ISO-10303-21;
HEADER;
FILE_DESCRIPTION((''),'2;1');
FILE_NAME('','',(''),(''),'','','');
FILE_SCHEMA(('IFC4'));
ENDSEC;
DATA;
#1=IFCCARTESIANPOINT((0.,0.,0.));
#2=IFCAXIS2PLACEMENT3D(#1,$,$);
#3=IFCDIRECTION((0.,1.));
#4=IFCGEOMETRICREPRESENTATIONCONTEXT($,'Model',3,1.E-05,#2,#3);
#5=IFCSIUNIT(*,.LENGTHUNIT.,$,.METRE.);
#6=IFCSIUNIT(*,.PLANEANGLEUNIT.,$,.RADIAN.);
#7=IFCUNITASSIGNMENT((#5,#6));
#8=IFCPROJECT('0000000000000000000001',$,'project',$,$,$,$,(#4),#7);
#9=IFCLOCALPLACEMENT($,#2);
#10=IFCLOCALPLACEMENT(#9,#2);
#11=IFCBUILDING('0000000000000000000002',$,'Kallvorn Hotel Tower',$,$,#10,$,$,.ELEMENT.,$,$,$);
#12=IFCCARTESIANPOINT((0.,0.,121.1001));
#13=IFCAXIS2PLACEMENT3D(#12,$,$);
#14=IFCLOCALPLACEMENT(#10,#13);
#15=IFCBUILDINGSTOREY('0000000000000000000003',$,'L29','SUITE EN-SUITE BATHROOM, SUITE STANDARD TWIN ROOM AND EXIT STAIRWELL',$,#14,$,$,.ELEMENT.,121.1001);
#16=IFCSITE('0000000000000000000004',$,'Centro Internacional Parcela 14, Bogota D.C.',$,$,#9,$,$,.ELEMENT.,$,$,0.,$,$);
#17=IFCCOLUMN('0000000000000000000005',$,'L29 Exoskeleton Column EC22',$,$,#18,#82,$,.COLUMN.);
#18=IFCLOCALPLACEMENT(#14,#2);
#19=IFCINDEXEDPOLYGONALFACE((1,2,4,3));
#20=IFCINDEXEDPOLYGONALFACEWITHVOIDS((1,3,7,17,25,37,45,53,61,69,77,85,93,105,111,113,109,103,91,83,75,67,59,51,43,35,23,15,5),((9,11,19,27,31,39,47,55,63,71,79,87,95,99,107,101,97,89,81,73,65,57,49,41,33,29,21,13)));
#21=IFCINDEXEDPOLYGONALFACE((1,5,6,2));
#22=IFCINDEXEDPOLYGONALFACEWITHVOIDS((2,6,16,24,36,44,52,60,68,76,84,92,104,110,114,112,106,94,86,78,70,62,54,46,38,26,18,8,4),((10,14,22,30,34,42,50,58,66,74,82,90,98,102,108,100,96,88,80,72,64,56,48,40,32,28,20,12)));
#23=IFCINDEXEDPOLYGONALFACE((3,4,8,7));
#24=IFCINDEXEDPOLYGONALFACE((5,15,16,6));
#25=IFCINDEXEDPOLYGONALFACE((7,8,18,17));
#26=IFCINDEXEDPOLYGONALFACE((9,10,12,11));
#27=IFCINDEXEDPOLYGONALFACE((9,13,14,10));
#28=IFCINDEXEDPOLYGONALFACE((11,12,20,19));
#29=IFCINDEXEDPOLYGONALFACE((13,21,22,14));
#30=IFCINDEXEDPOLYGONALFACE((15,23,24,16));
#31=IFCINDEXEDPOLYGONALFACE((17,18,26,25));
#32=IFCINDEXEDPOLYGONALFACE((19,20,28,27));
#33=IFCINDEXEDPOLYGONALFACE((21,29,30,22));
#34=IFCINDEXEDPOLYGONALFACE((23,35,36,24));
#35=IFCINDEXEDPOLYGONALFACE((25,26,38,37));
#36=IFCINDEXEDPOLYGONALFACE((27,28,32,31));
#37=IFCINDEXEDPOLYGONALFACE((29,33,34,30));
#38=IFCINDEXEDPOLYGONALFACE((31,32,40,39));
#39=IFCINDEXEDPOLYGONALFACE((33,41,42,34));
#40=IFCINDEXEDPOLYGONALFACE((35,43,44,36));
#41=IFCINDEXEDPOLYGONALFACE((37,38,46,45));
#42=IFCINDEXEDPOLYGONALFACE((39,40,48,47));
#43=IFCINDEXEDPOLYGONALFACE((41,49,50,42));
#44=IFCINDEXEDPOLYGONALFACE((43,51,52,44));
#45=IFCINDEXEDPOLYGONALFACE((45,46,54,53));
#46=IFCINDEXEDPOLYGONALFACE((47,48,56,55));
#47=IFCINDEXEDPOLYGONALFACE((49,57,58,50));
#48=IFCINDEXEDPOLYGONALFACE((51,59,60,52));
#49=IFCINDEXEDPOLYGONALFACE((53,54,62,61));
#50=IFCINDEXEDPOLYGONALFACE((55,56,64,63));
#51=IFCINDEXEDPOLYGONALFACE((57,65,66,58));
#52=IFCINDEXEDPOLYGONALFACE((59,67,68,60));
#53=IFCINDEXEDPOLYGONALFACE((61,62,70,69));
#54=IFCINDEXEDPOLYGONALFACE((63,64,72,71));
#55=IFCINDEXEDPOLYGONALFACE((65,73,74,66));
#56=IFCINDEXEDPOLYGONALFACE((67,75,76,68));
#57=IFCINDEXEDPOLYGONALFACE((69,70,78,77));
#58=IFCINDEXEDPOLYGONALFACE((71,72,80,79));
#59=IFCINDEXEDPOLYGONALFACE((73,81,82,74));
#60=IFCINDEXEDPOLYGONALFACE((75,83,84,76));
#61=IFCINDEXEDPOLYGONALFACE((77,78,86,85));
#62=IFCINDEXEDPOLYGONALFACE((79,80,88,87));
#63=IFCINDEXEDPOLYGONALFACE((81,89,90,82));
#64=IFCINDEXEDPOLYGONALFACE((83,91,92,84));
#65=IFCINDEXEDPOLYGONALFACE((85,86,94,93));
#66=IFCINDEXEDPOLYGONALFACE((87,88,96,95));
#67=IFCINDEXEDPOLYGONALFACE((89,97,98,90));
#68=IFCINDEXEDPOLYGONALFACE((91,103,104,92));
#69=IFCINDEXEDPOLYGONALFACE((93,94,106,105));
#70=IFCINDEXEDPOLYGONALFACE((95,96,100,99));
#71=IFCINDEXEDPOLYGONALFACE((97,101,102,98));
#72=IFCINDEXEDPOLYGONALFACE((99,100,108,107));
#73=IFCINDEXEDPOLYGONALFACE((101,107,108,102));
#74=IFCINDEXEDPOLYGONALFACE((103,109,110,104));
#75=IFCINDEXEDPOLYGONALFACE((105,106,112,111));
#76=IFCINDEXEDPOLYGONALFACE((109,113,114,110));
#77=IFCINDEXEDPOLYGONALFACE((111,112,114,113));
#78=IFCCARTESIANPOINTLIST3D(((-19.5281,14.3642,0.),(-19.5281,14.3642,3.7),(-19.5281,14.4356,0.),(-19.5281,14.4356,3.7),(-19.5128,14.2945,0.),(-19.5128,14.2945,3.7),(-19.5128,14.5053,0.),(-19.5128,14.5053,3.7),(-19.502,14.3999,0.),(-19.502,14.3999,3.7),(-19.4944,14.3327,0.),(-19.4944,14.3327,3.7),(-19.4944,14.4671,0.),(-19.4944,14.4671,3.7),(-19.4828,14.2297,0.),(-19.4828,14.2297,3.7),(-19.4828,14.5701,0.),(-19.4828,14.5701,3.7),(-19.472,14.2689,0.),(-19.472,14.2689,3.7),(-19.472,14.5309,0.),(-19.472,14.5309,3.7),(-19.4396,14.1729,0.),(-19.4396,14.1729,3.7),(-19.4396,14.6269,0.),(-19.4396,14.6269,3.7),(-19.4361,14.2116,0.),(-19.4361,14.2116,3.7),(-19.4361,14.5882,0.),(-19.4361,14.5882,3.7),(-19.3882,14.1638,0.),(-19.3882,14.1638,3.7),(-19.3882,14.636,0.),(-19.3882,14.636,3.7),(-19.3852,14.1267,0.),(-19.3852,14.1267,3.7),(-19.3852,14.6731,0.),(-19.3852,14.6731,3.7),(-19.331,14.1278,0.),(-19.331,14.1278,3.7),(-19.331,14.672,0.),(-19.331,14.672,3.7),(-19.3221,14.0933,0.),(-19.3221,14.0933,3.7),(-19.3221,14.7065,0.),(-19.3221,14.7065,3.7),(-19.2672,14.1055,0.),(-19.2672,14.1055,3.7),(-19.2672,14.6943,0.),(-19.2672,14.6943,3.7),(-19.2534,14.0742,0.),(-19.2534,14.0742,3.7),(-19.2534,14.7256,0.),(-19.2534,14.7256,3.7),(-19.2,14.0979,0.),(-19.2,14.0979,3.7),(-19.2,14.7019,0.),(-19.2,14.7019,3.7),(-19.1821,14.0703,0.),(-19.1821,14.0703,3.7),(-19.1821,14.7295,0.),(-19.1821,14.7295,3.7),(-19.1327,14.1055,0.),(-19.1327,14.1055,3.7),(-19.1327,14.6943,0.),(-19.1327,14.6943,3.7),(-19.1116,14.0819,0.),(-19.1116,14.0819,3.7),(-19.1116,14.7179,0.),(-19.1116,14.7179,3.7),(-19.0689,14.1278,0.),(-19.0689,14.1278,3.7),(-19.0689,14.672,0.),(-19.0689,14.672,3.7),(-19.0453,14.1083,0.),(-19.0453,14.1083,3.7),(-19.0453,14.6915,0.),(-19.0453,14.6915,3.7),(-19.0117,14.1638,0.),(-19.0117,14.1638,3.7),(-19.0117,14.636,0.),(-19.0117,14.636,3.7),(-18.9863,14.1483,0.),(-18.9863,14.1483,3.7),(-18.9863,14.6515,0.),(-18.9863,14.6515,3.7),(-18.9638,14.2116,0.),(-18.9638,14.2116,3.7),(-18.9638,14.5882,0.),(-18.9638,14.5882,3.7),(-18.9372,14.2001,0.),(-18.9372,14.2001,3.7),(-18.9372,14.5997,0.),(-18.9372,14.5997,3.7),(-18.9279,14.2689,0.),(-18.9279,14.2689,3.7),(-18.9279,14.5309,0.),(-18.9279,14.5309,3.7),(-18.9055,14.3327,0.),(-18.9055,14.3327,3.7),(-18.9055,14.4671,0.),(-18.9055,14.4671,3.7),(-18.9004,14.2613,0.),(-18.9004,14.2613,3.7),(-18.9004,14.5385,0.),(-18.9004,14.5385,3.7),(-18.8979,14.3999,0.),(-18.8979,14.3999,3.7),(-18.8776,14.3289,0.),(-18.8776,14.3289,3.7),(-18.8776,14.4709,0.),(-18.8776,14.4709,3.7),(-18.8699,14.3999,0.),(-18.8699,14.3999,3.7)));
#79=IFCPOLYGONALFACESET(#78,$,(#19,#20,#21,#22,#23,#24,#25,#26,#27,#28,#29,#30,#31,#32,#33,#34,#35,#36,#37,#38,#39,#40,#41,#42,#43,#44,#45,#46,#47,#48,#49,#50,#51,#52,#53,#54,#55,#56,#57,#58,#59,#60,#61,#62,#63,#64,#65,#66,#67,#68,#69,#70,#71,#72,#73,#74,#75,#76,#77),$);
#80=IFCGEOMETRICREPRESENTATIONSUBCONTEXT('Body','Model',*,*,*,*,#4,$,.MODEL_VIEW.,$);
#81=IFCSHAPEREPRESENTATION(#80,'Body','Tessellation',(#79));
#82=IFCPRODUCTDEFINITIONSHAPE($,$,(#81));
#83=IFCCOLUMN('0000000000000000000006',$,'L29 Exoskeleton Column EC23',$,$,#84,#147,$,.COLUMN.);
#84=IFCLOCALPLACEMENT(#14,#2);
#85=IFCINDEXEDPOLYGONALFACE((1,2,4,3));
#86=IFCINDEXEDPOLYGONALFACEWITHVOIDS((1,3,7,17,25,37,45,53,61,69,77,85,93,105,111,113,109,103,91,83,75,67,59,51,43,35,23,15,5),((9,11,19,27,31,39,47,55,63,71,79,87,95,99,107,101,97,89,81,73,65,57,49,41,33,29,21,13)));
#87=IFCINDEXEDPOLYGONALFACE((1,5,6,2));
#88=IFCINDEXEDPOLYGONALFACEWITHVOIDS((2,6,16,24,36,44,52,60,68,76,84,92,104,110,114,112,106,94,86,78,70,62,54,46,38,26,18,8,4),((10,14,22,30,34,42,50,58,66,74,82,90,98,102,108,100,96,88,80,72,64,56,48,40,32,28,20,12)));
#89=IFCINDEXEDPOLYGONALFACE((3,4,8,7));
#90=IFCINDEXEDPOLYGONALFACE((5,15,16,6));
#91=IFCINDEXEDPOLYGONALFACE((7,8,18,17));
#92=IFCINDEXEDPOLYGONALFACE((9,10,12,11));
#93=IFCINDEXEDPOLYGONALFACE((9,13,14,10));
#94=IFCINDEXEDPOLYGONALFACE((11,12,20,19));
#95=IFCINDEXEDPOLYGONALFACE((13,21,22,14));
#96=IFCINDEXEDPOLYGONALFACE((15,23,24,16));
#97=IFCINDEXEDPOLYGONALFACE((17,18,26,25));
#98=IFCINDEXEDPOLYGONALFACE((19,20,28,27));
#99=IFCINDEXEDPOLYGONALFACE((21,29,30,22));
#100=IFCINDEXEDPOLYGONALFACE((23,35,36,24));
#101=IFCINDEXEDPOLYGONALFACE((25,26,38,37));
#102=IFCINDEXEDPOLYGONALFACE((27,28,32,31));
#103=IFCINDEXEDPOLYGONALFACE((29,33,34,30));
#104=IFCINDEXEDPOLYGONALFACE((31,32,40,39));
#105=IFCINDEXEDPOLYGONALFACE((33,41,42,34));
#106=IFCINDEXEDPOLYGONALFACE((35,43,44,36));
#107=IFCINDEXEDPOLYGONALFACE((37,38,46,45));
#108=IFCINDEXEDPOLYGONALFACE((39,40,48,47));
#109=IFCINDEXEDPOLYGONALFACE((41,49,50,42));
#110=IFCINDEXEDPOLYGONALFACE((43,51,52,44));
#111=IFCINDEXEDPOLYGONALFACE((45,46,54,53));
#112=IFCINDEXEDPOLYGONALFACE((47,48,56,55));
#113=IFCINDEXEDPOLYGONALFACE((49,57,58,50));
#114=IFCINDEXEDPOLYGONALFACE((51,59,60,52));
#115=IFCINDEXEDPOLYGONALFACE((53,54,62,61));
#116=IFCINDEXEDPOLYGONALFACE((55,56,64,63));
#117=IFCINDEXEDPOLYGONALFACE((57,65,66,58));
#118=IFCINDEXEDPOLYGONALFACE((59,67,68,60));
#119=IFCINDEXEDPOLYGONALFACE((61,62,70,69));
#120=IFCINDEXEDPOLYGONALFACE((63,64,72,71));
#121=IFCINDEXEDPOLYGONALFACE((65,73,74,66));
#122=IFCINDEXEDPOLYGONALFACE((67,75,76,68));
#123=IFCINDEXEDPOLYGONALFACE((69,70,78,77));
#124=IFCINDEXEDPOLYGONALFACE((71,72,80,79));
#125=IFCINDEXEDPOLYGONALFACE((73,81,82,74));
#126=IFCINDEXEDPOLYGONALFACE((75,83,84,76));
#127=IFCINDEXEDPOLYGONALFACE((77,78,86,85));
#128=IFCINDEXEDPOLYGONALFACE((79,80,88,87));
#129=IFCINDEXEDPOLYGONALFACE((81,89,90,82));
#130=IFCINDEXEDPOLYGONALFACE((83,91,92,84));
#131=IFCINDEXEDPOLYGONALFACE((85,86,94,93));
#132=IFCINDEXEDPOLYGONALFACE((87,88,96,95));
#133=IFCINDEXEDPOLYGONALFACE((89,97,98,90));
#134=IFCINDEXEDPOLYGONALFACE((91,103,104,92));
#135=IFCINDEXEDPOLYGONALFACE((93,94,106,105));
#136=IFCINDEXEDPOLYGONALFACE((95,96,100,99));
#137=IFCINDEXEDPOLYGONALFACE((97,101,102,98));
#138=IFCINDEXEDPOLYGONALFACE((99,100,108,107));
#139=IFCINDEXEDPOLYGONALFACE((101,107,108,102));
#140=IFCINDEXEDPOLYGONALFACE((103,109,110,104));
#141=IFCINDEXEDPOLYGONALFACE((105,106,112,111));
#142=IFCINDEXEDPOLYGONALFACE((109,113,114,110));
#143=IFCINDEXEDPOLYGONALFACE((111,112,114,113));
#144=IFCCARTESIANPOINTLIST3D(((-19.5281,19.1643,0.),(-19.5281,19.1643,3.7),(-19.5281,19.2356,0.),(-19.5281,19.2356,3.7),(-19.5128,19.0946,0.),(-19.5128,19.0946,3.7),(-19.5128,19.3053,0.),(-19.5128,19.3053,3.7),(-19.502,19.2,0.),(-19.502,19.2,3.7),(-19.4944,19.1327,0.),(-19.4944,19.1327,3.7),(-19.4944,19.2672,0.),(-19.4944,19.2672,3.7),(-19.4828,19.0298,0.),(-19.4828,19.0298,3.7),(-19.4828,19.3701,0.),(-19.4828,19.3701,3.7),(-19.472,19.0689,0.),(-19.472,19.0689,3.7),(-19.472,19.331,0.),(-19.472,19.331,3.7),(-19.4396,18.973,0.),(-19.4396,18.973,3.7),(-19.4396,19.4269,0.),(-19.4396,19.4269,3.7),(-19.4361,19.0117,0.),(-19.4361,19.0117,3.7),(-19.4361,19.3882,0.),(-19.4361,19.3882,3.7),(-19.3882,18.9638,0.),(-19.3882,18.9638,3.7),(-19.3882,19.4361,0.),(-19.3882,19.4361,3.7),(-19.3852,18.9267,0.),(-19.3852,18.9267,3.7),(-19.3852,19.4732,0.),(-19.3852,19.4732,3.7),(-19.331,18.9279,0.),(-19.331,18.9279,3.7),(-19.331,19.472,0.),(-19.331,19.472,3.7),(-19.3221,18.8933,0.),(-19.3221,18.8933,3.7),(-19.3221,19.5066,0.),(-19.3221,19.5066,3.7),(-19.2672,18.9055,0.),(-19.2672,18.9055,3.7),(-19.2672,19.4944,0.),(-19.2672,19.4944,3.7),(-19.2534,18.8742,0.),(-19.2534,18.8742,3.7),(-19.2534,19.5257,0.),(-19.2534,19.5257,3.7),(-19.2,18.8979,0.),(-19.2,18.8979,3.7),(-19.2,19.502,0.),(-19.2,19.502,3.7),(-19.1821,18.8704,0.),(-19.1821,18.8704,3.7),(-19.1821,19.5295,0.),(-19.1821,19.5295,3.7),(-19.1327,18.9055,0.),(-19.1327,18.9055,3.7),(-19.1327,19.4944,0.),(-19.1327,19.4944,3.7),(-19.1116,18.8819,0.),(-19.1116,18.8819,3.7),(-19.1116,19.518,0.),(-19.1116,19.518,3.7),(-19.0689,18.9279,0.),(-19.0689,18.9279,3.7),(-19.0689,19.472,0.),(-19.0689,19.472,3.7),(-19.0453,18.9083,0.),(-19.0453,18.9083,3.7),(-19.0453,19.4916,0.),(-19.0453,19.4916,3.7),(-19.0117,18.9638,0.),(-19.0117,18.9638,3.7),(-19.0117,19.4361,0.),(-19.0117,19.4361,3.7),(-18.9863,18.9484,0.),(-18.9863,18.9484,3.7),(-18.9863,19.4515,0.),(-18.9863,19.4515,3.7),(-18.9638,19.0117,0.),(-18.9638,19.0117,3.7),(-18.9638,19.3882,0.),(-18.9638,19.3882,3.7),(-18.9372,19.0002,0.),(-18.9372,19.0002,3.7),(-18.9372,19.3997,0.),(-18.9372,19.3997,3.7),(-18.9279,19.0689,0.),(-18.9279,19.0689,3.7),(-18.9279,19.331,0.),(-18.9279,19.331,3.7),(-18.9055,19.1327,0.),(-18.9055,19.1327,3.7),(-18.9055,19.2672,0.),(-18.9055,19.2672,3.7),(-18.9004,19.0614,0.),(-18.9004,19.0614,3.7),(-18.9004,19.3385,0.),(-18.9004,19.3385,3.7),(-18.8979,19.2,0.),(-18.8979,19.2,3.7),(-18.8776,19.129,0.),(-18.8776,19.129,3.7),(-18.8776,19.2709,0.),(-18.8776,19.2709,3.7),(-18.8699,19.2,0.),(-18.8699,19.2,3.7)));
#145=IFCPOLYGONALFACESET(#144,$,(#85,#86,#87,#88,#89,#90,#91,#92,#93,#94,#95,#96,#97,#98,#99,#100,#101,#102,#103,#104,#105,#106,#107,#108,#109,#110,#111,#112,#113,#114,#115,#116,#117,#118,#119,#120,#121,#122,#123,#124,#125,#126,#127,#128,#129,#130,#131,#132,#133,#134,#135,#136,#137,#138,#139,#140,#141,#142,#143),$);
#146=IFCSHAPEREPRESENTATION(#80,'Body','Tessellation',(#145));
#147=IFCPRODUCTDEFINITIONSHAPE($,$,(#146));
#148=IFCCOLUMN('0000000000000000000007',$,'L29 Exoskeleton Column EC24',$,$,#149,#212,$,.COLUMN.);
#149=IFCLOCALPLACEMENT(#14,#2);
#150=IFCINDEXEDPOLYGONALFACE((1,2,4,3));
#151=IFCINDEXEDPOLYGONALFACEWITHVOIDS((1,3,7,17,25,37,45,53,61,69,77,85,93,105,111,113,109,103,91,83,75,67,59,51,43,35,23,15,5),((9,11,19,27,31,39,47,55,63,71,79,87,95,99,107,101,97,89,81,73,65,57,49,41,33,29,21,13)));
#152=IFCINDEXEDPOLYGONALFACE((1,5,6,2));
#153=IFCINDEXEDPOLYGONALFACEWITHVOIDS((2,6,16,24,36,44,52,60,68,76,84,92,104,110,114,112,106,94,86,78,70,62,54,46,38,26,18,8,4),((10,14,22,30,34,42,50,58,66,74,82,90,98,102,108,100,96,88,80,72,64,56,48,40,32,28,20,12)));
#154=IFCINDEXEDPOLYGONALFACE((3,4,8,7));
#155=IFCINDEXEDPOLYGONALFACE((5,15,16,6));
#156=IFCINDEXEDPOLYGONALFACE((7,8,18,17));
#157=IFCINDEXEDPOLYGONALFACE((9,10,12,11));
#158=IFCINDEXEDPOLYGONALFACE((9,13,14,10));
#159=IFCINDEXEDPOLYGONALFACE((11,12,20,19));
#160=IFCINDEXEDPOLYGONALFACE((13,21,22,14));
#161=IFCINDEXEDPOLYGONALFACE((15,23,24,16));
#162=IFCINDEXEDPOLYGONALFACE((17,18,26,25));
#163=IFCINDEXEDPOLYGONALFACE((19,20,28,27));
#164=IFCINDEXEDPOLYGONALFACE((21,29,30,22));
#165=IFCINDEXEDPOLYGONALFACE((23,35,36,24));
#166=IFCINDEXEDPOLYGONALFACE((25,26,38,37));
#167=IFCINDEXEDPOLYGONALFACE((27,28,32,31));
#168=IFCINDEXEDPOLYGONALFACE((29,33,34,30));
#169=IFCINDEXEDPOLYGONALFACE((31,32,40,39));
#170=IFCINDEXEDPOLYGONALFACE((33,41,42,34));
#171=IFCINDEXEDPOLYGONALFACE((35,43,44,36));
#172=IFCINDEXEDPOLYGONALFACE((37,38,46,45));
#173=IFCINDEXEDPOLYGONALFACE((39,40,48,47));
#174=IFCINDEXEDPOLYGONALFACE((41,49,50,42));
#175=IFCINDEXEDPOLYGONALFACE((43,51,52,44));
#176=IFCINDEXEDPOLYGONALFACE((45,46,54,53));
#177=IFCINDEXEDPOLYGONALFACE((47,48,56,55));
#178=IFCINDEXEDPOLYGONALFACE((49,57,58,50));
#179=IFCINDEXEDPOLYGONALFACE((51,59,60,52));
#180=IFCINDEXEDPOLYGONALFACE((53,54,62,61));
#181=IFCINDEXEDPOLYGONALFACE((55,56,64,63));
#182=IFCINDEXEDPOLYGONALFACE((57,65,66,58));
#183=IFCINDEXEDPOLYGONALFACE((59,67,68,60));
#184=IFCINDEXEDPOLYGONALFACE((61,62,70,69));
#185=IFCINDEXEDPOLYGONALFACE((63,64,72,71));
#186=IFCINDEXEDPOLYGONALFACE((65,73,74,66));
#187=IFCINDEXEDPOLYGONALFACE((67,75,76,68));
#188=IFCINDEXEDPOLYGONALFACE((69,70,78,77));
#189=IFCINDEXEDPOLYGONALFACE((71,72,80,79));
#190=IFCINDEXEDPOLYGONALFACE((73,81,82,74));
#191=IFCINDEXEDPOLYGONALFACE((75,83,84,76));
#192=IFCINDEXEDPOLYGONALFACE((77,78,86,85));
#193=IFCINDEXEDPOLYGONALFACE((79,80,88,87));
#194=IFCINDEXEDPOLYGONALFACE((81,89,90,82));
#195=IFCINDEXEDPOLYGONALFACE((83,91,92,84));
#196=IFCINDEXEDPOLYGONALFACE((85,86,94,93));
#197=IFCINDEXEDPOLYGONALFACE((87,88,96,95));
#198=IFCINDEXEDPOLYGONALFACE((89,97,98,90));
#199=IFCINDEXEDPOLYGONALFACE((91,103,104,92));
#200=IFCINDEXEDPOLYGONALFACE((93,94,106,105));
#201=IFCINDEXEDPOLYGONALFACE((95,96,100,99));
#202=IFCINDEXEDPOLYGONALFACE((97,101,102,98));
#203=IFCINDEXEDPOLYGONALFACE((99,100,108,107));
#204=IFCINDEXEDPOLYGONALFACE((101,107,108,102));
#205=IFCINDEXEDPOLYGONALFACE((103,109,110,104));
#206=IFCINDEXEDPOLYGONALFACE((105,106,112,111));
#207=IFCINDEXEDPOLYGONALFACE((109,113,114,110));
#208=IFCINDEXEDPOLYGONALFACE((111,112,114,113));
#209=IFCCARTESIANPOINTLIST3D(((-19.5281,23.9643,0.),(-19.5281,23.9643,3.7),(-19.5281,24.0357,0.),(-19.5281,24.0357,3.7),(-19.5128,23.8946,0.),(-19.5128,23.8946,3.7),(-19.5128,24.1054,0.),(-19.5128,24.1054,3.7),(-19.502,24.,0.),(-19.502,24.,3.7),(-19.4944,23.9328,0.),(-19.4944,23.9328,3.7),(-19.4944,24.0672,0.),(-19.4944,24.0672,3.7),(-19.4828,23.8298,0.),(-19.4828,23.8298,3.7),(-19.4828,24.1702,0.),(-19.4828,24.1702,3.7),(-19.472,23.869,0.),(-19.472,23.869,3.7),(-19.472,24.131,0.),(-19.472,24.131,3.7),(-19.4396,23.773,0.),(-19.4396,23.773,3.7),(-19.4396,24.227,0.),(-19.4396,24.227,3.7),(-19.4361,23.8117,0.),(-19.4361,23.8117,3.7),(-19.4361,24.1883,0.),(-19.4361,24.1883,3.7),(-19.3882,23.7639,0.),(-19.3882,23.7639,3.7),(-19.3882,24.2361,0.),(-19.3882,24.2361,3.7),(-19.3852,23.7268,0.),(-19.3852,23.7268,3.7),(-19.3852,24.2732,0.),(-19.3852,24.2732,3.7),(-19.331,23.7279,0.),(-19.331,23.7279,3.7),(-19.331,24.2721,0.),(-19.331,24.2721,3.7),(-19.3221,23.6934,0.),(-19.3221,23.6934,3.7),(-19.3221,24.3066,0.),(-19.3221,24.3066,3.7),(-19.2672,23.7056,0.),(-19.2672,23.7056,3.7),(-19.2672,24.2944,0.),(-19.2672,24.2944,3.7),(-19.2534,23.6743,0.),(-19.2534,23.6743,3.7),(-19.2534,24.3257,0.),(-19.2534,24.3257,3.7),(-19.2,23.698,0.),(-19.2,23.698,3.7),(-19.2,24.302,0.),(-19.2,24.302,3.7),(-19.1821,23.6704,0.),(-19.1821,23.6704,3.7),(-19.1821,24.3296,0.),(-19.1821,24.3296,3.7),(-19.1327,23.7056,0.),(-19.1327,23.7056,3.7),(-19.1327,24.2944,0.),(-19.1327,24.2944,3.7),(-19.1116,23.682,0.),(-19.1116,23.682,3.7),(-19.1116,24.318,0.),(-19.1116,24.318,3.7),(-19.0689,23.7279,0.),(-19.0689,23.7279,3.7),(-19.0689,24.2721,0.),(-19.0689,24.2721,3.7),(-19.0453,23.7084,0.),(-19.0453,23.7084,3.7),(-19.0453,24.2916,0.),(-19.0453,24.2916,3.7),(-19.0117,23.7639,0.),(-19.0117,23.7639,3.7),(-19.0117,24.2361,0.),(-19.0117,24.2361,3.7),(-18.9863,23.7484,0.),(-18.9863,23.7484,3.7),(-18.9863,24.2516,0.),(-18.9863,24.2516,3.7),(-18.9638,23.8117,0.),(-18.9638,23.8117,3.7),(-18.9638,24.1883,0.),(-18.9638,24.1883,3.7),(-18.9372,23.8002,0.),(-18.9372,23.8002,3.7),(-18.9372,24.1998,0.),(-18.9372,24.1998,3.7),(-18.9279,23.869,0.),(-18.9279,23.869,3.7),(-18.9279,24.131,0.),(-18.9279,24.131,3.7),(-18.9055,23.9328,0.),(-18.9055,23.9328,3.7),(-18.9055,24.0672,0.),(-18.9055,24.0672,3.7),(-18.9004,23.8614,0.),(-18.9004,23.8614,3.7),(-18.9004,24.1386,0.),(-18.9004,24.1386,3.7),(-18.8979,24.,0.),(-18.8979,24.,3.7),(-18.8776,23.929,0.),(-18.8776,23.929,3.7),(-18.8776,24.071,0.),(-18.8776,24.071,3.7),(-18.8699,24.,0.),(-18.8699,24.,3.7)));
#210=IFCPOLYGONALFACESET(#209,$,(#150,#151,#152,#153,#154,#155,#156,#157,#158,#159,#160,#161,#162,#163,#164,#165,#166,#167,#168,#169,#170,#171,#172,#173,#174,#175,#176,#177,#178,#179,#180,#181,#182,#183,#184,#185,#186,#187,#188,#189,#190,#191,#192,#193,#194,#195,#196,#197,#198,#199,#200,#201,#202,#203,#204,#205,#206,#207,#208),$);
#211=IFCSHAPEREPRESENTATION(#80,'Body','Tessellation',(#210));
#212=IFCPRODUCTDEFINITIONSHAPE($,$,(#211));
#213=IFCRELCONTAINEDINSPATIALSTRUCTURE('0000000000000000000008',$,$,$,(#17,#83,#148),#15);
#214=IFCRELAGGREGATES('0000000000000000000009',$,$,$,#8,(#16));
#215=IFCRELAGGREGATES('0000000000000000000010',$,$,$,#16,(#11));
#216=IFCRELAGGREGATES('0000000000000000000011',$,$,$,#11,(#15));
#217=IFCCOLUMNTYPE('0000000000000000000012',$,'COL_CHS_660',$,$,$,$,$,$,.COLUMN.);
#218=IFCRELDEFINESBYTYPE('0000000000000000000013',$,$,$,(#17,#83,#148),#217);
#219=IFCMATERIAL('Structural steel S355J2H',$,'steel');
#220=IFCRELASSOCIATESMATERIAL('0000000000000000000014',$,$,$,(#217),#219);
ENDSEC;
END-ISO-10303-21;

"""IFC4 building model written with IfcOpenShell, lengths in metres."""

from ifc_helpers import new_model, si_unit, direction, frame, origin, origin_2d, place, context, subcontext, project, spatial, hollow_circle, extrude, material, material_profile, profile_set, type_object, element, save


model = new_model("IFC4")

# Units and contexts
model_context = context("Model", 3, precision=1e-05, world=origin(), true_north=direction((0.0, 1.0)))
body_context = subcontext(model_context, "Body", "Model", "MODEL_VIEW")
ifc_project = project(units=[si_unit("LENGTHUNIT", "METRE"), si_unit("PLANEANGLEUNIT", "RADIAN")], contexts=[model_context])

# Site, building, storey
site_placement = place(None, origin())
site = spatial("IfcSite", under=ifc_project, at=site_placement, Name="Centro Internacional Parcela 14, Bogota D.C.", CompositionType="ELEMENT", RefElevation=0.0)
building_placement = place(site_placement, origin())
building = spatial("IfcBuilding", under=site, at=building_placement, Name="Kallvorn Hotel Tower", CompositionType="ELEMENT")
storey_placement = place(building_placement, frame((0.0, 0.0, 121.1001)))
storey = spatial("IfcBuildingStorey", under=building, at=storey_placement, Name="L29", Description="SUITE EN-SUITE BATHROOM, SUITE STANDARD TWIN ROOM AND EXIT STAIRWELL", CompositionType="ELEMENT", Elevation=121.1001)

# Columns
ifc_material_1 = material(Name="Structural steel S355J2H", Category="steel")
ifc_material_profile_1 = material_profile(ifc_material_1, hollow_circle(Radius=0.3301, WallThickness=0.0281, at=origin_2d()), Name="CHS 660x28")
ifc_profile_set_1 = profile_set([ifc_material_profile_1], Name="Structural steel S355J2H")
column_type_1 = type_object("IfcColumnType", Name="COL_CHS_660", PredefinedType="COLUMN", material=ifc_profile_set_1)
for number, where, z_axis, x_axis, name in (
    (1, (-19.2, 14.3999, 0.0), (0.0, 0.0, 1.0), (1.0, 0.0, 0.0), "L29 Exoskeleton Column EC22"),
    (2, (-19.2, 19.2, 0.0), (0.0, 0.0, 1.0), (1.0, 0.0, 0.0), "L29 Exoskeleton Column EC23"),
    (3, (-19.2, 24.0, 0.0), (0.0, 0.0, 1.0), (1.0, 0.0, 0.0), "L29 Exoskeleton Column EC24"),
):
    element("IfcColumn", number, at=place(storey_placement, frame(where, z_axis=z_axis, x_axis=x_axis)), inside=storey, type_object=column_type_1, Name=name, PredefinedType="COLUMN", context=body_context, shape_type="SweptSolid", body=[
        extrude(hollow_circle(Radius=0.3301, WallThickness=0.0281, at=origin_2d()), origin(), (0.0, 0.0, 1.0), 3.7),
    ])

save(model, "model.ifc")
